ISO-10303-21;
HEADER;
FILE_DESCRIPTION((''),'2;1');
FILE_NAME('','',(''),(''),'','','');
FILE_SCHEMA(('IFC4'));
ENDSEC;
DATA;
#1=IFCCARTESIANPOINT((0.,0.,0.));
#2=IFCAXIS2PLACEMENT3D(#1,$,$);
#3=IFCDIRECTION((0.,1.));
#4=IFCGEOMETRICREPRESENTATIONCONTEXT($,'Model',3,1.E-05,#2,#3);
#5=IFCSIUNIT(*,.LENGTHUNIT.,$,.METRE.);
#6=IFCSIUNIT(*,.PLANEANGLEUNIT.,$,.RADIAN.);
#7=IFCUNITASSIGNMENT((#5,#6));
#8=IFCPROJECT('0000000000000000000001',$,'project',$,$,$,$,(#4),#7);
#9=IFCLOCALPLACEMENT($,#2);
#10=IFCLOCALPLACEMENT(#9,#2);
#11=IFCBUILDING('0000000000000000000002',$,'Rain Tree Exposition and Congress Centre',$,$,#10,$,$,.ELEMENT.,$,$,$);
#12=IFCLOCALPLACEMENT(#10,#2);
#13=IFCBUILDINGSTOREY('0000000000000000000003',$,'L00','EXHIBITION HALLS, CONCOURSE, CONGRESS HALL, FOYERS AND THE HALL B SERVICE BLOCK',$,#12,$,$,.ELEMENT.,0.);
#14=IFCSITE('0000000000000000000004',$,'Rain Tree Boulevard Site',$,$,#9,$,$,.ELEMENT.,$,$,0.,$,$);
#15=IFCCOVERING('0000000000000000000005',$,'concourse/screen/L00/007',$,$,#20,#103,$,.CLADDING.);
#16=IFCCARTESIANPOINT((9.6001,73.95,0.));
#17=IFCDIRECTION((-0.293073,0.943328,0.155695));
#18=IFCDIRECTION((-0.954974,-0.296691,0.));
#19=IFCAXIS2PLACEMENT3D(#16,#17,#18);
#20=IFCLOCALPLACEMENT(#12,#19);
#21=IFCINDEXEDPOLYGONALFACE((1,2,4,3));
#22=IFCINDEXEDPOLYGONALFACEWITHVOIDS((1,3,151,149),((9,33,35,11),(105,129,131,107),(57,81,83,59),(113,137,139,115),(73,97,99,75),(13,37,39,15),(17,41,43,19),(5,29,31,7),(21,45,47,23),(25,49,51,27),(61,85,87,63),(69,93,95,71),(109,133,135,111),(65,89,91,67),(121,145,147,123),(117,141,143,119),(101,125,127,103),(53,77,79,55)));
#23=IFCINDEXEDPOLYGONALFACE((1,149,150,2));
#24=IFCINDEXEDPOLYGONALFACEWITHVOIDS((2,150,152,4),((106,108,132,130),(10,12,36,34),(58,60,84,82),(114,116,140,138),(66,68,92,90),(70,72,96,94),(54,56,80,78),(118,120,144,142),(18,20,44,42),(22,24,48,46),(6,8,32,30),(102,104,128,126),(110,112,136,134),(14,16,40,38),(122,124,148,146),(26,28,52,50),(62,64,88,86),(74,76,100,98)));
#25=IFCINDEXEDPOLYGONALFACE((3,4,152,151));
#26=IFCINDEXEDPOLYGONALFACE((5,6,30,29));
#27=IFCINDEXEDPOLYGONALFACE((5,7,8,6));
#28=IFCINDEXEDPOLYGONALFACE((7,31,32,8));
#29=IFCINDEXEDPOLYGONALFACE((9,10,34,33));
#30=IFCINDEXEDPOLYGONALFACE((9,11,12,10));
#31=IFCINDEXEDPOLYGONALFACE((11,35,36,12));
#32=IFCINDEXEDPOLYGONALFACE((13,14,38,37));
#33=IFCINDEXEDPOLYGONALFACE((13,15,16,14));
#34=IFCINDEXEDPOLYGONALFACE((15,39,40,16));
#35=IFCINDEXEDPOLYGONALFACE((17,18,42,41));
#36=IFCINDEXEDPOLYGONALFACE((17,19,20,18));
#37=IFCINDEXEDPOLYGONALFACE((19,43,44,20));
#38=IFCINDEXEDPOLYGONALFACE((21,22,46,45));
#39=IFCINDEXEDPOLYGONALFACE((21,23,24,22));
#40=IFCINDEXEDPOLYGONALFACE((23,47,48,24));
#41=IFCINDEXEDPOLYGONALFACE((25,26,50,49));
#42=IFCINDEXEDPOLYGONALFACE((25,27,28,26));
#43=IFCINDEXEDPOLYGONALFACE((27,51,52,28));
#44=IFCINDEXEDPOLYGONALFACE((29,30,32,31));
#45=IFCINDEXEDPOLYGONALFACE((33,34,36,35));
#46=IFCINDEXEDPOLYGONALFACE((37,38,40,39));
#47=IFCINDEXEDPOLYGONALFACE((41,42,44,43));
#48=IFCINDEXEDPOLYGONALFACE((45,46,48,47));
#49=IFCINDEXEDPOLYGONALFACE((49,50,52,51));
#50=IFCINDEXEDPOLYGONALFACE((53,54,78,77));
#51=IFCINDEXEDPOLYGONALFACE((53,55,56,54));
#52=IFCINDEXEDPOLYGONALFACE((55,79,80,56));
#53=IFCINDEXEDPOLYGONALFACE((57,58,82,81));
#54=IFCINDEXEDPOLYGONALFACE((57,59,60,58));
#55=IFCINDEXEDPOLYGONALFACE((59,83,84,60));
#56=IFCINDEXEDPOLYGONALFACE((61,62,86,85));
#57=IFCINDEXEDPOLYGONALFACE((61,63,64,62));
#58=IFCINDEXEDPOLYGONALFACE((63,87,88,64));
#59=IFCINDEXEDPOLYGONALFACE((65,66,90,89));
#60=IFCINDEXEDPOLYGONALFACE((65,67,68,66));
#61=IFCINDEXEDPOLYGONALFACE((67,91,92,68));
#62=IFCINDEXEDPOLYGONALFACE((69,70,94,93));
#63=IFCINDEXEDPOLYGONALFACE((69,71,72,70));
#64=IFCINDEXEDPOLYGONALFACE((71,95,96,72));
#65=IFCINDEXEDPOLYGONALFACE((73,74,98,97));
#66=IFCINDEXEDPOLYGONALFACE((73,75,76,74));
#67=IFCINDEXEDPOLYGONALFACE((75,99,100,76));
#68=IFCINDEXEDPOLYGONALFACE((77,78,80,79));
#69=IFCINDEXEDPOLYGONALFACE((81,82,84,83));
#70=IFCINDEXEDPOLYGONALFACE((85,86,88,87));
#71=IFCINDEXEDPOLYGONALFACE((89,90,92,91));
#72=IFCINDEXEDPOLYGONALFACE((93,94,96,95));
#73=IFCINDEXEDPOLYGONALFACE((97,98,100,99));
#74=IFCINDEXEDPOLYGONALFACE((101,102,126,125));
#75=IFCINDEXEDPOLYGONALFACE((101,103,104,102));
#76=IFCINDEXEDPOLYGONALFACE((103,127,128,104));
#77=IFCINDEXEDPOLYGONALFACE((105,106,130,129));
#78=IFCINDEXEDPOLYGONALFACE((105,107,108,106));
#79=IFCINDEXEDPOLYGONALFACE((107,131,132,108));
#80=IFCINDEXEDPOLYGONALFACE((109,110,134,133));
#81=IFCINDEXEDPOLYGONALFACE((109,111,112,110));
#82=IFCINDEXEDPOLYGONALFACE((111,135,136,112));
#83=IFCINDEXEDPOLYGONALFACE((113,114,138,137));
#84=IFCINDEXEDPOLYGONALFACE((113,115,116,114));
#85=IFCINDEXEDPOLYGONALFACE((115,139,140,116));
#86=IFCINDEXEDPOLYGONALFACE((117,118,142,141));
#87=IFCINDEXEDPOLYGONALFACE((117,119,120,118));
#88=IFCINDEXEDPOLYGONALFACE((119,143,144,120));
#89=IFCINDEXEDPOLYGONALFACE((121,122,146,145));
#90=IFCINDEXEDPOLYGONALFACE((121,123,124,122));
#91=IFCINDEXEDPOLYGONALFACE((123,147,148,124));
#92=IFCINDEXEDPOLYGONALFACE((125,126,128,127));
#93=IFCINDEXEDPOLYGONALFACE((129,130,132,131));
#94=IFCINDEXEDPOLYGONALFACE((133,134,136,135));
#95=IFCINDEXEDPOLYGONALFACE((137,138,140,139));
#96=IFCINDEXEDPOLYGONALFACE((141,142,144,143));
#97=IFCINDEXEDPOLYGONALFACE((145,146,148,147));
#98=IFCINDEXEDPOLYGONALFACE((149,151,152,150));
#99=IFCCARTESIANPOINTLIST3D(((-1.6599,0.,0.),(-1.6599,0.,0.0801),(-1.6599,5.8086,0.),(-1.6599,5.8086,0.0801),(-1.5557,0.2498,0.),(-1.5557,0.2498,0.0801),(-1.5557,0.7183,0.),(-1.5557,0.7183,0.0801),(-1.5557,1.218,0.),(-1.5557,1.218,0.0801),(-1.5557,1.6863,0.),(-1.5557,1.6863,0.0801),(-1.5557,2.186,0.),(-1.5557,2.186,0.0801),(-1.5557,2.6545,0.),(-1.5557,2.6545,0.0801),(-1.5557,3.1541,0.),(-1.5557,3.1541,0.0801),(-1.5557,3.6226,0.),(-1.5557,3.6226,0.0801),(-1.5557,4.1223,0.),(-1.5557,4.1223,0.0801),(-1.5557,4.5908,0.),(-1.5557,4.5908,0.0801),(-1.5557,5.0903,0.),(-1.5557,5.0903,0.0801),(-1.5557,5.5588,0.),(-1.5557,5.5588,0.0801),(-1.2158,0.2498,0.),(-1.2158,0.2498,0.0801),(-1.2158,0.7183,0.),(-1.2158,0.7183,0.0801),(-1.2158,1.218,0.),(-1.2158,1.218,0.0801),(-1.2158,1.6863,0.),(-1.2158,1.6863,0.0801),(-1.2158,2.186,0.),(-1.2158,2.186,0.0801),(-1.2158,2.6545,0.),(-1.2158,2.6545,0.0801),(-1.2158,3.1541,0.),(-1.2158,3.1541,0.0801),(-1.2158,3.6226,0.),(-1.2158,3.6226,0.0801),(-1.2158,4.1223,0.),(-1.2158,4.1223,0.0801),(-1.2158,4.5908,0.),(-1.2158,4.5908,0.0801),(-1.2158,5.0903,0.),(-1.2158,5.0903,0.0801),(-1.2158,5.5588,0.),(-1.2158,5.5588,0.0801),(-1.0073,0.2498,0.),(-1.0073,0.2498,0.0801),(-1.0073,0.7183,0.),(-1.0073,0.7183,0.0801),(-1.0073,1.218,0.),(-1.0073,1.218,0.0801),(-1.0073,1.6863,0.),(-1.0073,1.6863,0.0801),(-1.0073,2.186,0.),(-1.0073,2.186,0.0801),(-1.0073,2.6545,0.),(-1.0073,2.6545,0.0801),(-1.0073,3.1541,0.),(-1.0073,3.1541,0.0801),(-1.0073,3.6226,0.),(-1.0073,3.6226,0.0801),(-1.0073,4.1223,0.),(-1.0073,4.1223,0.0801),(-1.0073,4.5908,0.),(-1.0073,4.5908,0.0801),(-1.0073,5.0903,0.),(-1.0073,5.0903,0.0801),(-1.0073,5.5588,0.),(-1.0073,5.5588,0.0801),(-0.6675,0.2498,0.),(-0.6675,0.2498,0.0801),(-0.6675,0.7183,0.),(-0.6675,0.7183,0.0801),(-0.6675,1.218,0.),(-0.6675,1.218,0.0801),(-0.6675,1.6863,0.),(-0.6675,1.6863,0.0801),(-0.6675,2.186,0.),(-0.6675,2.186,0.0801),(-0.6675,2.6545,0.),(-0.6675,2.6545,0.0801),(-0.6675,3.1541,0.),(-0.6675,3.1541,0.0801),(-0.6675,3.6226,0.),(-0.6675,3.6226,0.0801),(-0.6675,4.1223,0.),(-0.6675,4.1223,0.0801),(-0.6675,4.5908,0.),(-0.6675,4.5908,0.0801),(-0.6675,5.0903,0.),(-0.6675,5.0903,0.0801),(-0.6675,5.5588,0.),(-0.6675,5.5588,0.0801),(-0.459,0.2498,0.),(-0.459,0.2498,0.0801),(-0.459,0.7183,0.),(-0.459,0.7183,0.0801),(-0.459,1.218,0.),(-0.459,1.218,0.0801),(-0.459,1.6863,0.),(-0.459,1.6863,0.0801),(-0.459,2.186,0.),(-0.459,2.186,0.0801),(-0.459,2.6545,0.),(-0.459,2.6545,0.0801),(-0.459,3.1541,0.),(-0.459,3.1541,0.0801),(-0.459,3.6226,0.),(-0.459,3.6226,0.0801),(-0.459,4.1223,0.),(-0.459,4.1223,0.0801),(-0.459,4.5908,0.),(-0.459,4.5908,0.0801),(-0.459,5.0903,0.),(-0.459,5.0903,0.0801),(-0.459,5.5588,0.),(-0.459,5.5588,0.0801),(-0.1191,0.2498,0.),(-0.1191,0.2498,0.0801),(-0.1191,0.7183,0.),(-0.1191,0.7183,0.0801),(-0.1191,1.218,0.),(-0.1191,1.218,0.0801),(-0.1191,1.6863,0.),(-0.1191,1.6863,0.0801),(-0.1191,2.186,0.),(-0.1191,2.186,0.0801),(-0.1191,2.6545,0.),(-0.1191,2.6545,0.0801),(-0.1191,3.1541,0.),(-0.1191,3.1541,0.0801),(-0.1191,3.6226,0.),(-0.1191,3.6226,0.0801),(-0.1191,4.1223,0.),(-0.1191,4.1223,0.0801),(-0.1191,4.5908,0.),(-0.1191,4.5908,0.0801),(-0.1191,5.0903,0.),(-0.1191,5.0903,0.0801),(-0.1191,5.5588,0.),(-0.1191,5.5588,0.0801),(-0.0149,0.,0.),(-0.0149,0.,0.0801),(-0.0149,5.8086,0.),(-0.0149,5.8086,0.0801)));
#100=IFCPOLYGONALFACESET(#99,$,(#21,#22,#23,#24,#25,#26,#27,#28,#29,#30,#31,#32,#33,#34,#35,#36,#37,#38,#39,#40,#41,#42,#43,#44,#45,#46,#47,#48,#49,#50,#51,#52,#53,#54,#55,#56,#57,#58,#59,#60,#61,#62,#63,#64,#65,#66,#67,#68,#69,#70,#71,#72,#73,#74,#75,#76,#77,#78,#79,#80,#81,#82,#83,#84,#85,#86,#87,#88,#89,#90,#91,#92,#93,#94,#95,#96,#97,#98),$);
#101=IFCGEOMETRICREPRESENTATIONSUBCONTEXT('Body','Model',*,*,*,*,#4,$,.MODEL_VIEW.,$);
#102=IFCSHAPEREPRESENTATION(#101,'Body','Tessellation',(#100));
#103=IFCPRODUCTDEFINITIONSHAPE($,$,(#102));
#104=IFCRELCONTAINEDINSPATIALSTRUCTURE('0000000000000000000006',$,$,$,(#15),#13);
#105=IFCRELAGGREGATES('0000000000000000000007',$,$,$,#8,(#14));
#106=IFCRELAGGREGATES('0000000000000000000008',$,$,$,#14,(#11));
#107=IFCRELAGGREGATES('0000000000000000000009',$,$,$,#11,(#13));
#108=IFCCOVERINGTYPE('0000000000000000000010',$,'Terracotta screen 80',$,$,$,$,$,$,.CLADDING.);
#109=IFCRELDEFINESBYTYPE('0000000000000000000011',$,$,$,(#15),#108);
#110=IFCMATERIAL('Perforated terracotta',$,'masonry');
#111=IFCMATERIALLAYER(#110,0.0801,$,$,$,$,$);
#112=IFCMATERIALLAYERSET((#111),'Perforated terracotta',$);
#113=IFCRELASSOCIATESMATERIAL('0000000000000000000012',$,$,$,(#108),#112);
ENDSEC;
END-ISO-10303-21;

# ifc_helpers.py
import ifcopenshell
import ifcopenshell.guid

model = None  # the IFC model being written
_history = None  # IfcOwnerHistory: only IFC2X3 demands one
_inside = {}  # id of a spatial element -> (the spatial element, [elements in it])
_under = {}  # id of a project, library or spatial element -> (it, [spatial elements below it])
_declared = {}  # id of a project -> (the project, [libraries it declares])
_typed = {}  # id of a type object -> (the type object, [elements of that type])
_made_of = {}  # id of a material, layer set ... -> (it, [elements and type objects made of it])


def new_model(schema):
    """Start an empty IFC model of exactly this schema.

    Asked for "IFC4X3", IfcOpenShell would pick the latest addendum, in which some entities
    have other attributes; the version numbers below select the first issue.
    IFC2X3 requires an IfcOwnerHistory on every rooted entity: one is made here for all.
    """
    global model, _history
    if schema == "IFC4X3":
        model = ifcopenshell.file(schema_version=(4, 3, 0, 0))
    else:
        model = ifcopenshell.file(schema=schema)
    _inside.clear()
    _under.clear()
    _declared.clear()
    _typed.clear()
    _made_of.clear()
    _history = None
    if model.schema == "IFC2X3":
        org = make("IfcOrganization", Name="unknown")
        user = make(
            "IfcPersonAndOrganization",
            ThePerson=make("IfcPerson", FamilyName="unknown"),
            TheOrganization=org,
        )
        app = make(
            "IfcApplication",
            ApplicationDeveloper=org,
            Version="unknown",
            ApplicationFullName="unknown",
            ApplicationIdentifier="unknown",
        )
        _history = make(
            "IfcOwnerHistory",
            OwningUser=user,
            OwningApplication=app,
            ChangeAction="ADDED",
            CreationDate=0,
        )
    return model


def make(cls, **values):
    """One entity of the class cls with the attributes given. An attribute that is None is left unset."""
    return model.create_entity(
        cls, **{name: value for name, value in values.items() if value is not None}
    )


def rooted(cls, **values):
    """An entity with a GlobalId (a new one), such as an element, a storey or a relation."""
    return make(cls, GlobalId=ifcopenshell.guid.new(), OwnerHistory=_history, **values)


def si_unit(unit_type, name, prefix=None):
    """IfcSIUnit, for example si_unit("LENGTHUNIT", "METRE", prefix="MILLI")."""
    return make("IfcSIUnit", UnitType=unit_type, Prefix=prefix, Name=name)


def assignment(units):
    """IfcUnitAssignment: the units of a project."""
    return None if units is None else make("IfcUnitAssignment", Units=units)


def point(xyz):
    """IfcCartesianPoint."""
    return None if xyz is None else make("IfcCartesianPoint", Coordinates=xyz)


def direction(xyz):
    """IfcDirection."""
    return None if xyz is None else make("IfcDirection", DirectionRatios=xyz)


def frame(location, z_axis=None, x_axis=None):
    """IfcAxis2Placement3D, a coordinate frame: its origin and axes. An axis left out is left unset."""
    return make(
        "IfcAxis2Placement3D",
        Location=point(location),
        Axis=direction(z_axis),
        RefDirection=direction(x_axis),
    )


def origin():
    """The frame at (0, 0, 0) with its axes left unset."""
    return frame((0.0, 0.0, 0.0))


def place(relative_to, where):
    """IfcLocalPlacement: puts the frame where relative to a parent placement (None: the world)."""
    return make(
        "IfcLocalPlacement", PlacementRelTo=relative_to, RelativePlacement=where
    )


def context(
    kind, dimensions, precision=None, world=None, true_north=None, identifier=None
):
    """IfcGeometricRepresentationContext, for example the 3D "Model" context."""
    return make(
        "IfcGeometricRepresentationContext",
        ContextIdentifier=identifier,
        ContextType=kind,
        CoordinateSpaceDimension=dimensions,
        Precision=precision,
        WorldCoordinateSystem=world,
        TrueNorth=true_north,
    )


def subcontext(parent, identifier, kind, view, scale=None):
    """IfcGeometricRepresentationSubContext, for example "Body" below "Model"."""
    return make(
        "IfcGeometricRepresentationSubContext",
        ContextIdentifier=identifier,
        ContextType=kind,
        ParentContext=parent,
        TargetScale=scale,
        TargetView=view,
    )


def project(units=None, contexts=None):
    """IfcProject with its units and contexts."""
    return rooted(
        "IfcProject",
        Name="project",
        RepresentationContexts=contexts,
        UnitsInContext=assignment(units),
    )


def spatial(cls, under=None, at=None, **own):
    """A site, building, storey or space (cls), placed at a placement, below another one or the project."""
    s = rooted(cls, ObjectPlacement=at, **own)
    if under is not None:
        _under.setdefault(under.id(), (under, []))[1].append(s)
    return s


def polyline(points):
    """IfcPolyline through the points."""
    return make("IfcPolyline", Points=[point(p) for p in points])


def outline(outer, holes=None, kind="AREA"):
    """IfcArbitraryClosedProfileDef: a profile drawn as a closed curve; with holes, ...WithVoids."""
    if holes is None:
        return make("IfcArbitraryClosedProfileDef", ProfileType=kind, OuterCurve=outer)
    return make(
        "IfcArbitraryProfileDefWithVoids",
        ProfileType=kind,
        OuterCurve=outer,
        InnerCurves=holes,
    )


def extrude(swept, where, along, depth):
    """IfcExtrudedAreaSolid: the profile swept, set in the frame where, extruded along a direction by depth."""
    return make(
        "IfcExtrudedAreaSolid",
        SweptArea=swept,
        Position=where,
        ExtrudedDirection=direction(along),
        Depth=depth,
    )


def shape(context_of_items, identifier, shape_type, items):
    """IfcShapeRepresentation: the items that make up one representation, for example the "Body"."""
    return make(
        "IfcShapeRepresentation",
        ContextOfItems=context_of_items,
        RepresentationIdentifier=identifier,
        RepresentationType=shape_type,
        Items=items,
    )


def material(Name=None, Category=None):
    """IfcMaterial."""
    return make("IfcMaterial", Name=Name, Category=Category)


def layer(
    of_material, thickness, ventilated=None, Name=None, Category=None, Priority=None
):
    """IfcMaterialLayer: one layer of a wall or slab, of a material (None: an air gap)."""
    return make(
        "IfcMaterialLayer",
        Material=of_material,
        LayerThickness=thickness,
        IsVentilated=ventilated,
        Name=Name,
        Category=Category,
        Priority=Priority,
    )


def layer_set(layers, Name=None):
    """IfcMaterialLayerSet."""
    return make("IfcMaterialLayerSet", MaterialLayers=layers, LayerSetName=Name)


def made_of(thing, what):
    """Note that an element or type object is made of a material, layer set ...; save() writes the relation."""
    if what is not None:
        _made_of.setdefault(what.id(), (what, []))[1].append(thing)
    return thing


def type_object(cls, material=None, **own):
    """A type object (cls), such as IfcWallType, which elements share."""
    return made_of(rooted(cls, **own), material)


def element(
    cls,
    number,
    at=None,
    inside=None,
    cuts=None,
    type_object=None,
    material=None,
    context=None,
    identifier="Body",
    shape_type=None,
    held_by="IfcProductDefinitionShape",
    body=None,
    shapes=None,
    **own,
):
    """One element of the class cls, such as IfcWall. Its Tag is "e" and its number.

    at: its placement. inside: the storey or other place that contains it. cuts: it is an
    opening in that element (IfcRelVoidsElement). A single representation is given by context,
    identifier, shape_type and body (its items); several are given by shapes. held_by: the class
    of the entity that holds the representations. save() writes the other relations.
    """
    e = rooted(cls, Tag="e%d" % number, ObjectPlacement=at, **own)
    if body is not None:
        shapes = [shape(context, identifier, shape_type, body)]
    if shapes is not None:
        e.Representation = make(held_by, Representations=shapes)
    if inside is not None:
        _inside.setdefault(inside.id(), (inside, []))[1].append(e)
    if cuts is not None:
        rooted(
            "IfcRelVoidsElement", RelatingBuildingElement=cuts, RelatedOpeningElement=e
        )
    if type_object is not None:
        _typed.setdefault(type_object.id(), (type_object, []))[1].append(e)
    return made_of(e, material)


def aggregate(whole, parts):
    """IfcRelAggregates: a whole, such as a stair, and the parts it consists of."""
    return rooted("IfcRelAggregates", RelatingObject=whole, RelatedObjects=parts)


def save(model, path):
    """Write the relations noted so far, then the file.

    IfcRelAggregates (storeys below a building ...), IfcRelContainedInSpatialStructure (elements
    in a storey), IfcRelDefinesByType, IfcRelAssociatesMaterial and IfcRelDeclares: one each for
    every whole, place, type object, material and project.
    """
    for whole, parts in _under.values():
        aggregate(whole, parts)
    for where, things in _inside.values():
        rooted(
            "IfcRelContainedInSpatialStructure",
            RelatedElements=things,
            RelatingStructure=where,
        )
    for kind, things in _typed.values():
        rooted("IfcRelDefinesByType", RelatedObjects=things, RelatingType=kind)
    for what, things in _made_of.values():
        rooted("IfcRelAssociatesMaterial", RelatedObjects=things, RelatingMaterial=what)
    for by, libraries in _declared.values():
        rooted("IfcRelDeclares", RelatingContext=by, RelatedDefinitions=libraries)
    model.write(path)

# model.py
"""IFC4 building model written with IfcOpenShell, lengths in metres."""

from ifc_helpers import new_model, si_unit, direction, frame, origin, place, context, subcontext, project, spatial, polyline, outline, extrude, material, layer, layer_set, type_object, element, save


model = new_model("IFC4")

# Units and contexts
model_context = context("Model", 3, precision=1e-05, world=origin(), true_north=direction((0.0, 1.0)))
body_context = subcontext(model_context, "Body", "Model", "MODEL_VIEW")
ifc_project = project(units=[si_unit("LENGTHUNIT", "METRE"), si_unit("PLANEANGLEUNIT", "RADIAN")], contexts=[model_context])

# Site, building, storey
site_placement = place(None, origin())
site = spatial("IfcSite", under=ifc_project, at=site_placement, Name="Rain Tree Boulevard Site", CompositionType="ELEMENT", RefElevation=0.0)
building_placement = place(site_placement, origin())
building = spatial("IfcBuilding", under=site, at=building_placement, Name="Rain Tree Exposition and Congress Centre", CompositionType="ELEMENT")
storey_placement = place(building_placement, origin())
storey = spatial("IfcBuildingStorey", under=building, at=storey_placement, Name="L00", Description="EXHIBITION HALLS, CONCOURSE, CONGRESS HALL, FOYERS AND THE HALL B SERVICE BLOCK", CompositionType="ELEMENT", Elevation=0.0)

# Covering
ifc_material_1 = material(Name="Perforated terracotta", Category="masonry")
ifc_layer_1 = layer(ifc_material_1, 0.0801)
ifc_layer_set_1 = layer_set([ifc_layer_1], Name="Perforated terracotta")
covering_type = type_object("IfcCoveringType", Name="Terracotta screen 80", PredefinedType="CLADDING", material=ifc_layer_set_1)
covering_1_placement = place(storey_placement, frame((9.6001, 73.95, 0.0), z_axis=(-0.293073, 0.943328, 0.155695), x_axis=(-0.954974, -0.296691, 0.0)))
element("IfcCovering", 1, at=covering_1_placement, inside=storey, type_object=covering_type, Name="concourse/screen/L00/007", PredefinedType="CLADDING", context=body_context, shape_type="SweptSolid", body=[
    extrude(outline(polyline([(-0.0149, 0.0), (-1.6599, 0.0), (-1.6599, 5.8086), (-0.0149, 5.8086), (-0.0149, 0.0)]), holes=[polyline([(-0.1191, 0.2498), (-0.1191, 0.7183), (-0.459, 0.7183), (-0.459, 0.2498), (-0.1191, 0.2498)]), polyline([(-0.1191, 1.218), (-0.1191, 1.6863), (-0.459, 1.6863), (-0.459, 1.218), (-0.1191, 1.218)]), polyline([(-0.1191, 2.186), (-0.1191, 2.6545), (-0.459, 2.6545), (-0.459, 2.186), (-0.1191, 2.186)]), polyline([(-0.1191, 3.1541), (-0.1191, 3.6226), (-0.459, 3.6226), (-0.459, 3.1541), (-0.1191, 3.1541)]), polyline([(-0.1191, 4.1223), (-0.1191, 4.5908), (-0.459, 4.5908), (-0.459, 4.1223), (-0.1191, 4.1223)]), polyline([(-0.1191, 5.0903), (-0.1191, 5.5588), (-0.459, 5.5588), (-0.459, 5.0903), (-0.1191, 5.0903)]), polyline([(-0.6675, 0.2498), (-0.6675, 0.7183), (-1.0073, 0.7183), (-1.0073, 0.2498), (-0.6675, 0.2498)]), polyline([(-0.6675, 1.218), (-0.6675, 1.6863), (-1.0073, 1.6863), (-1.0073, 1.218), (-0.6675, 1.218)]), polyline([(-0.6675, 2.186), (-0.6675, 2.6545), (-1.0073, 2.6545), (-1.0073, 2.186), (-0.6675, 2.186)]), polyline([(-0.6675, 3.1541), (-0.6675, 3.6226), (-1.0073, 3.6226), (-1.0073, 3.1541), (-0.6675, 3.1541)]), polyline([(-0.6675, 4.1223), (-0.6675, 4.5908), (-1.0073, 4.5908), (-1.0073, 4.1223), (-0.6675, 4.1223)]), polyline([(-0.6675, 5.0903), (-0.6675, 5.5588), (-1.0073, 5.5588), (-1.0073, 5.0903), (-0.6675, 5.0903)]), polyline([(-1.2158, 0.2498), (-1.2158, 0.7183), (-1.5557, 0.7183), (-1.5557, 0.2498), (-1.2158, 0.2498)]), polyline([(-1.2158, 1.218), (-1.2158, 1.6863), (-1.5557, 1.6863), (-1.5557, 1.218), (-1.2158, 1.218)]), polyline([(-1.2158, 2.186), (-1.2158, 2.6545), (-1.5557, 2.6545), (-1.5557, 2.186), (-1.2158, 2.186)]), polyline([(-1.2158, 3.1541), (-1.2158, 3.6226), (-1.5557, 3.6226), (-1.5557, 3.1541), (-1.2158, 3.1541)]), polyline([(-1.2158, 4.1223), (-1.2158, 4.5908), (-1.5557, 4.5908), (-1.5557, 4.1223), (-1.2158, 4.1223)]), polyline([(-1.2158, 5.0903), (-1.2158, 5.5588), (-1.5557, 5.5588), (-1.5557, 5.0903), (-1.2158, 5.0903)])]), origin(), (0.0, 0.0, 1.0), 0.0801),
])

save(model, "model.ifc")
